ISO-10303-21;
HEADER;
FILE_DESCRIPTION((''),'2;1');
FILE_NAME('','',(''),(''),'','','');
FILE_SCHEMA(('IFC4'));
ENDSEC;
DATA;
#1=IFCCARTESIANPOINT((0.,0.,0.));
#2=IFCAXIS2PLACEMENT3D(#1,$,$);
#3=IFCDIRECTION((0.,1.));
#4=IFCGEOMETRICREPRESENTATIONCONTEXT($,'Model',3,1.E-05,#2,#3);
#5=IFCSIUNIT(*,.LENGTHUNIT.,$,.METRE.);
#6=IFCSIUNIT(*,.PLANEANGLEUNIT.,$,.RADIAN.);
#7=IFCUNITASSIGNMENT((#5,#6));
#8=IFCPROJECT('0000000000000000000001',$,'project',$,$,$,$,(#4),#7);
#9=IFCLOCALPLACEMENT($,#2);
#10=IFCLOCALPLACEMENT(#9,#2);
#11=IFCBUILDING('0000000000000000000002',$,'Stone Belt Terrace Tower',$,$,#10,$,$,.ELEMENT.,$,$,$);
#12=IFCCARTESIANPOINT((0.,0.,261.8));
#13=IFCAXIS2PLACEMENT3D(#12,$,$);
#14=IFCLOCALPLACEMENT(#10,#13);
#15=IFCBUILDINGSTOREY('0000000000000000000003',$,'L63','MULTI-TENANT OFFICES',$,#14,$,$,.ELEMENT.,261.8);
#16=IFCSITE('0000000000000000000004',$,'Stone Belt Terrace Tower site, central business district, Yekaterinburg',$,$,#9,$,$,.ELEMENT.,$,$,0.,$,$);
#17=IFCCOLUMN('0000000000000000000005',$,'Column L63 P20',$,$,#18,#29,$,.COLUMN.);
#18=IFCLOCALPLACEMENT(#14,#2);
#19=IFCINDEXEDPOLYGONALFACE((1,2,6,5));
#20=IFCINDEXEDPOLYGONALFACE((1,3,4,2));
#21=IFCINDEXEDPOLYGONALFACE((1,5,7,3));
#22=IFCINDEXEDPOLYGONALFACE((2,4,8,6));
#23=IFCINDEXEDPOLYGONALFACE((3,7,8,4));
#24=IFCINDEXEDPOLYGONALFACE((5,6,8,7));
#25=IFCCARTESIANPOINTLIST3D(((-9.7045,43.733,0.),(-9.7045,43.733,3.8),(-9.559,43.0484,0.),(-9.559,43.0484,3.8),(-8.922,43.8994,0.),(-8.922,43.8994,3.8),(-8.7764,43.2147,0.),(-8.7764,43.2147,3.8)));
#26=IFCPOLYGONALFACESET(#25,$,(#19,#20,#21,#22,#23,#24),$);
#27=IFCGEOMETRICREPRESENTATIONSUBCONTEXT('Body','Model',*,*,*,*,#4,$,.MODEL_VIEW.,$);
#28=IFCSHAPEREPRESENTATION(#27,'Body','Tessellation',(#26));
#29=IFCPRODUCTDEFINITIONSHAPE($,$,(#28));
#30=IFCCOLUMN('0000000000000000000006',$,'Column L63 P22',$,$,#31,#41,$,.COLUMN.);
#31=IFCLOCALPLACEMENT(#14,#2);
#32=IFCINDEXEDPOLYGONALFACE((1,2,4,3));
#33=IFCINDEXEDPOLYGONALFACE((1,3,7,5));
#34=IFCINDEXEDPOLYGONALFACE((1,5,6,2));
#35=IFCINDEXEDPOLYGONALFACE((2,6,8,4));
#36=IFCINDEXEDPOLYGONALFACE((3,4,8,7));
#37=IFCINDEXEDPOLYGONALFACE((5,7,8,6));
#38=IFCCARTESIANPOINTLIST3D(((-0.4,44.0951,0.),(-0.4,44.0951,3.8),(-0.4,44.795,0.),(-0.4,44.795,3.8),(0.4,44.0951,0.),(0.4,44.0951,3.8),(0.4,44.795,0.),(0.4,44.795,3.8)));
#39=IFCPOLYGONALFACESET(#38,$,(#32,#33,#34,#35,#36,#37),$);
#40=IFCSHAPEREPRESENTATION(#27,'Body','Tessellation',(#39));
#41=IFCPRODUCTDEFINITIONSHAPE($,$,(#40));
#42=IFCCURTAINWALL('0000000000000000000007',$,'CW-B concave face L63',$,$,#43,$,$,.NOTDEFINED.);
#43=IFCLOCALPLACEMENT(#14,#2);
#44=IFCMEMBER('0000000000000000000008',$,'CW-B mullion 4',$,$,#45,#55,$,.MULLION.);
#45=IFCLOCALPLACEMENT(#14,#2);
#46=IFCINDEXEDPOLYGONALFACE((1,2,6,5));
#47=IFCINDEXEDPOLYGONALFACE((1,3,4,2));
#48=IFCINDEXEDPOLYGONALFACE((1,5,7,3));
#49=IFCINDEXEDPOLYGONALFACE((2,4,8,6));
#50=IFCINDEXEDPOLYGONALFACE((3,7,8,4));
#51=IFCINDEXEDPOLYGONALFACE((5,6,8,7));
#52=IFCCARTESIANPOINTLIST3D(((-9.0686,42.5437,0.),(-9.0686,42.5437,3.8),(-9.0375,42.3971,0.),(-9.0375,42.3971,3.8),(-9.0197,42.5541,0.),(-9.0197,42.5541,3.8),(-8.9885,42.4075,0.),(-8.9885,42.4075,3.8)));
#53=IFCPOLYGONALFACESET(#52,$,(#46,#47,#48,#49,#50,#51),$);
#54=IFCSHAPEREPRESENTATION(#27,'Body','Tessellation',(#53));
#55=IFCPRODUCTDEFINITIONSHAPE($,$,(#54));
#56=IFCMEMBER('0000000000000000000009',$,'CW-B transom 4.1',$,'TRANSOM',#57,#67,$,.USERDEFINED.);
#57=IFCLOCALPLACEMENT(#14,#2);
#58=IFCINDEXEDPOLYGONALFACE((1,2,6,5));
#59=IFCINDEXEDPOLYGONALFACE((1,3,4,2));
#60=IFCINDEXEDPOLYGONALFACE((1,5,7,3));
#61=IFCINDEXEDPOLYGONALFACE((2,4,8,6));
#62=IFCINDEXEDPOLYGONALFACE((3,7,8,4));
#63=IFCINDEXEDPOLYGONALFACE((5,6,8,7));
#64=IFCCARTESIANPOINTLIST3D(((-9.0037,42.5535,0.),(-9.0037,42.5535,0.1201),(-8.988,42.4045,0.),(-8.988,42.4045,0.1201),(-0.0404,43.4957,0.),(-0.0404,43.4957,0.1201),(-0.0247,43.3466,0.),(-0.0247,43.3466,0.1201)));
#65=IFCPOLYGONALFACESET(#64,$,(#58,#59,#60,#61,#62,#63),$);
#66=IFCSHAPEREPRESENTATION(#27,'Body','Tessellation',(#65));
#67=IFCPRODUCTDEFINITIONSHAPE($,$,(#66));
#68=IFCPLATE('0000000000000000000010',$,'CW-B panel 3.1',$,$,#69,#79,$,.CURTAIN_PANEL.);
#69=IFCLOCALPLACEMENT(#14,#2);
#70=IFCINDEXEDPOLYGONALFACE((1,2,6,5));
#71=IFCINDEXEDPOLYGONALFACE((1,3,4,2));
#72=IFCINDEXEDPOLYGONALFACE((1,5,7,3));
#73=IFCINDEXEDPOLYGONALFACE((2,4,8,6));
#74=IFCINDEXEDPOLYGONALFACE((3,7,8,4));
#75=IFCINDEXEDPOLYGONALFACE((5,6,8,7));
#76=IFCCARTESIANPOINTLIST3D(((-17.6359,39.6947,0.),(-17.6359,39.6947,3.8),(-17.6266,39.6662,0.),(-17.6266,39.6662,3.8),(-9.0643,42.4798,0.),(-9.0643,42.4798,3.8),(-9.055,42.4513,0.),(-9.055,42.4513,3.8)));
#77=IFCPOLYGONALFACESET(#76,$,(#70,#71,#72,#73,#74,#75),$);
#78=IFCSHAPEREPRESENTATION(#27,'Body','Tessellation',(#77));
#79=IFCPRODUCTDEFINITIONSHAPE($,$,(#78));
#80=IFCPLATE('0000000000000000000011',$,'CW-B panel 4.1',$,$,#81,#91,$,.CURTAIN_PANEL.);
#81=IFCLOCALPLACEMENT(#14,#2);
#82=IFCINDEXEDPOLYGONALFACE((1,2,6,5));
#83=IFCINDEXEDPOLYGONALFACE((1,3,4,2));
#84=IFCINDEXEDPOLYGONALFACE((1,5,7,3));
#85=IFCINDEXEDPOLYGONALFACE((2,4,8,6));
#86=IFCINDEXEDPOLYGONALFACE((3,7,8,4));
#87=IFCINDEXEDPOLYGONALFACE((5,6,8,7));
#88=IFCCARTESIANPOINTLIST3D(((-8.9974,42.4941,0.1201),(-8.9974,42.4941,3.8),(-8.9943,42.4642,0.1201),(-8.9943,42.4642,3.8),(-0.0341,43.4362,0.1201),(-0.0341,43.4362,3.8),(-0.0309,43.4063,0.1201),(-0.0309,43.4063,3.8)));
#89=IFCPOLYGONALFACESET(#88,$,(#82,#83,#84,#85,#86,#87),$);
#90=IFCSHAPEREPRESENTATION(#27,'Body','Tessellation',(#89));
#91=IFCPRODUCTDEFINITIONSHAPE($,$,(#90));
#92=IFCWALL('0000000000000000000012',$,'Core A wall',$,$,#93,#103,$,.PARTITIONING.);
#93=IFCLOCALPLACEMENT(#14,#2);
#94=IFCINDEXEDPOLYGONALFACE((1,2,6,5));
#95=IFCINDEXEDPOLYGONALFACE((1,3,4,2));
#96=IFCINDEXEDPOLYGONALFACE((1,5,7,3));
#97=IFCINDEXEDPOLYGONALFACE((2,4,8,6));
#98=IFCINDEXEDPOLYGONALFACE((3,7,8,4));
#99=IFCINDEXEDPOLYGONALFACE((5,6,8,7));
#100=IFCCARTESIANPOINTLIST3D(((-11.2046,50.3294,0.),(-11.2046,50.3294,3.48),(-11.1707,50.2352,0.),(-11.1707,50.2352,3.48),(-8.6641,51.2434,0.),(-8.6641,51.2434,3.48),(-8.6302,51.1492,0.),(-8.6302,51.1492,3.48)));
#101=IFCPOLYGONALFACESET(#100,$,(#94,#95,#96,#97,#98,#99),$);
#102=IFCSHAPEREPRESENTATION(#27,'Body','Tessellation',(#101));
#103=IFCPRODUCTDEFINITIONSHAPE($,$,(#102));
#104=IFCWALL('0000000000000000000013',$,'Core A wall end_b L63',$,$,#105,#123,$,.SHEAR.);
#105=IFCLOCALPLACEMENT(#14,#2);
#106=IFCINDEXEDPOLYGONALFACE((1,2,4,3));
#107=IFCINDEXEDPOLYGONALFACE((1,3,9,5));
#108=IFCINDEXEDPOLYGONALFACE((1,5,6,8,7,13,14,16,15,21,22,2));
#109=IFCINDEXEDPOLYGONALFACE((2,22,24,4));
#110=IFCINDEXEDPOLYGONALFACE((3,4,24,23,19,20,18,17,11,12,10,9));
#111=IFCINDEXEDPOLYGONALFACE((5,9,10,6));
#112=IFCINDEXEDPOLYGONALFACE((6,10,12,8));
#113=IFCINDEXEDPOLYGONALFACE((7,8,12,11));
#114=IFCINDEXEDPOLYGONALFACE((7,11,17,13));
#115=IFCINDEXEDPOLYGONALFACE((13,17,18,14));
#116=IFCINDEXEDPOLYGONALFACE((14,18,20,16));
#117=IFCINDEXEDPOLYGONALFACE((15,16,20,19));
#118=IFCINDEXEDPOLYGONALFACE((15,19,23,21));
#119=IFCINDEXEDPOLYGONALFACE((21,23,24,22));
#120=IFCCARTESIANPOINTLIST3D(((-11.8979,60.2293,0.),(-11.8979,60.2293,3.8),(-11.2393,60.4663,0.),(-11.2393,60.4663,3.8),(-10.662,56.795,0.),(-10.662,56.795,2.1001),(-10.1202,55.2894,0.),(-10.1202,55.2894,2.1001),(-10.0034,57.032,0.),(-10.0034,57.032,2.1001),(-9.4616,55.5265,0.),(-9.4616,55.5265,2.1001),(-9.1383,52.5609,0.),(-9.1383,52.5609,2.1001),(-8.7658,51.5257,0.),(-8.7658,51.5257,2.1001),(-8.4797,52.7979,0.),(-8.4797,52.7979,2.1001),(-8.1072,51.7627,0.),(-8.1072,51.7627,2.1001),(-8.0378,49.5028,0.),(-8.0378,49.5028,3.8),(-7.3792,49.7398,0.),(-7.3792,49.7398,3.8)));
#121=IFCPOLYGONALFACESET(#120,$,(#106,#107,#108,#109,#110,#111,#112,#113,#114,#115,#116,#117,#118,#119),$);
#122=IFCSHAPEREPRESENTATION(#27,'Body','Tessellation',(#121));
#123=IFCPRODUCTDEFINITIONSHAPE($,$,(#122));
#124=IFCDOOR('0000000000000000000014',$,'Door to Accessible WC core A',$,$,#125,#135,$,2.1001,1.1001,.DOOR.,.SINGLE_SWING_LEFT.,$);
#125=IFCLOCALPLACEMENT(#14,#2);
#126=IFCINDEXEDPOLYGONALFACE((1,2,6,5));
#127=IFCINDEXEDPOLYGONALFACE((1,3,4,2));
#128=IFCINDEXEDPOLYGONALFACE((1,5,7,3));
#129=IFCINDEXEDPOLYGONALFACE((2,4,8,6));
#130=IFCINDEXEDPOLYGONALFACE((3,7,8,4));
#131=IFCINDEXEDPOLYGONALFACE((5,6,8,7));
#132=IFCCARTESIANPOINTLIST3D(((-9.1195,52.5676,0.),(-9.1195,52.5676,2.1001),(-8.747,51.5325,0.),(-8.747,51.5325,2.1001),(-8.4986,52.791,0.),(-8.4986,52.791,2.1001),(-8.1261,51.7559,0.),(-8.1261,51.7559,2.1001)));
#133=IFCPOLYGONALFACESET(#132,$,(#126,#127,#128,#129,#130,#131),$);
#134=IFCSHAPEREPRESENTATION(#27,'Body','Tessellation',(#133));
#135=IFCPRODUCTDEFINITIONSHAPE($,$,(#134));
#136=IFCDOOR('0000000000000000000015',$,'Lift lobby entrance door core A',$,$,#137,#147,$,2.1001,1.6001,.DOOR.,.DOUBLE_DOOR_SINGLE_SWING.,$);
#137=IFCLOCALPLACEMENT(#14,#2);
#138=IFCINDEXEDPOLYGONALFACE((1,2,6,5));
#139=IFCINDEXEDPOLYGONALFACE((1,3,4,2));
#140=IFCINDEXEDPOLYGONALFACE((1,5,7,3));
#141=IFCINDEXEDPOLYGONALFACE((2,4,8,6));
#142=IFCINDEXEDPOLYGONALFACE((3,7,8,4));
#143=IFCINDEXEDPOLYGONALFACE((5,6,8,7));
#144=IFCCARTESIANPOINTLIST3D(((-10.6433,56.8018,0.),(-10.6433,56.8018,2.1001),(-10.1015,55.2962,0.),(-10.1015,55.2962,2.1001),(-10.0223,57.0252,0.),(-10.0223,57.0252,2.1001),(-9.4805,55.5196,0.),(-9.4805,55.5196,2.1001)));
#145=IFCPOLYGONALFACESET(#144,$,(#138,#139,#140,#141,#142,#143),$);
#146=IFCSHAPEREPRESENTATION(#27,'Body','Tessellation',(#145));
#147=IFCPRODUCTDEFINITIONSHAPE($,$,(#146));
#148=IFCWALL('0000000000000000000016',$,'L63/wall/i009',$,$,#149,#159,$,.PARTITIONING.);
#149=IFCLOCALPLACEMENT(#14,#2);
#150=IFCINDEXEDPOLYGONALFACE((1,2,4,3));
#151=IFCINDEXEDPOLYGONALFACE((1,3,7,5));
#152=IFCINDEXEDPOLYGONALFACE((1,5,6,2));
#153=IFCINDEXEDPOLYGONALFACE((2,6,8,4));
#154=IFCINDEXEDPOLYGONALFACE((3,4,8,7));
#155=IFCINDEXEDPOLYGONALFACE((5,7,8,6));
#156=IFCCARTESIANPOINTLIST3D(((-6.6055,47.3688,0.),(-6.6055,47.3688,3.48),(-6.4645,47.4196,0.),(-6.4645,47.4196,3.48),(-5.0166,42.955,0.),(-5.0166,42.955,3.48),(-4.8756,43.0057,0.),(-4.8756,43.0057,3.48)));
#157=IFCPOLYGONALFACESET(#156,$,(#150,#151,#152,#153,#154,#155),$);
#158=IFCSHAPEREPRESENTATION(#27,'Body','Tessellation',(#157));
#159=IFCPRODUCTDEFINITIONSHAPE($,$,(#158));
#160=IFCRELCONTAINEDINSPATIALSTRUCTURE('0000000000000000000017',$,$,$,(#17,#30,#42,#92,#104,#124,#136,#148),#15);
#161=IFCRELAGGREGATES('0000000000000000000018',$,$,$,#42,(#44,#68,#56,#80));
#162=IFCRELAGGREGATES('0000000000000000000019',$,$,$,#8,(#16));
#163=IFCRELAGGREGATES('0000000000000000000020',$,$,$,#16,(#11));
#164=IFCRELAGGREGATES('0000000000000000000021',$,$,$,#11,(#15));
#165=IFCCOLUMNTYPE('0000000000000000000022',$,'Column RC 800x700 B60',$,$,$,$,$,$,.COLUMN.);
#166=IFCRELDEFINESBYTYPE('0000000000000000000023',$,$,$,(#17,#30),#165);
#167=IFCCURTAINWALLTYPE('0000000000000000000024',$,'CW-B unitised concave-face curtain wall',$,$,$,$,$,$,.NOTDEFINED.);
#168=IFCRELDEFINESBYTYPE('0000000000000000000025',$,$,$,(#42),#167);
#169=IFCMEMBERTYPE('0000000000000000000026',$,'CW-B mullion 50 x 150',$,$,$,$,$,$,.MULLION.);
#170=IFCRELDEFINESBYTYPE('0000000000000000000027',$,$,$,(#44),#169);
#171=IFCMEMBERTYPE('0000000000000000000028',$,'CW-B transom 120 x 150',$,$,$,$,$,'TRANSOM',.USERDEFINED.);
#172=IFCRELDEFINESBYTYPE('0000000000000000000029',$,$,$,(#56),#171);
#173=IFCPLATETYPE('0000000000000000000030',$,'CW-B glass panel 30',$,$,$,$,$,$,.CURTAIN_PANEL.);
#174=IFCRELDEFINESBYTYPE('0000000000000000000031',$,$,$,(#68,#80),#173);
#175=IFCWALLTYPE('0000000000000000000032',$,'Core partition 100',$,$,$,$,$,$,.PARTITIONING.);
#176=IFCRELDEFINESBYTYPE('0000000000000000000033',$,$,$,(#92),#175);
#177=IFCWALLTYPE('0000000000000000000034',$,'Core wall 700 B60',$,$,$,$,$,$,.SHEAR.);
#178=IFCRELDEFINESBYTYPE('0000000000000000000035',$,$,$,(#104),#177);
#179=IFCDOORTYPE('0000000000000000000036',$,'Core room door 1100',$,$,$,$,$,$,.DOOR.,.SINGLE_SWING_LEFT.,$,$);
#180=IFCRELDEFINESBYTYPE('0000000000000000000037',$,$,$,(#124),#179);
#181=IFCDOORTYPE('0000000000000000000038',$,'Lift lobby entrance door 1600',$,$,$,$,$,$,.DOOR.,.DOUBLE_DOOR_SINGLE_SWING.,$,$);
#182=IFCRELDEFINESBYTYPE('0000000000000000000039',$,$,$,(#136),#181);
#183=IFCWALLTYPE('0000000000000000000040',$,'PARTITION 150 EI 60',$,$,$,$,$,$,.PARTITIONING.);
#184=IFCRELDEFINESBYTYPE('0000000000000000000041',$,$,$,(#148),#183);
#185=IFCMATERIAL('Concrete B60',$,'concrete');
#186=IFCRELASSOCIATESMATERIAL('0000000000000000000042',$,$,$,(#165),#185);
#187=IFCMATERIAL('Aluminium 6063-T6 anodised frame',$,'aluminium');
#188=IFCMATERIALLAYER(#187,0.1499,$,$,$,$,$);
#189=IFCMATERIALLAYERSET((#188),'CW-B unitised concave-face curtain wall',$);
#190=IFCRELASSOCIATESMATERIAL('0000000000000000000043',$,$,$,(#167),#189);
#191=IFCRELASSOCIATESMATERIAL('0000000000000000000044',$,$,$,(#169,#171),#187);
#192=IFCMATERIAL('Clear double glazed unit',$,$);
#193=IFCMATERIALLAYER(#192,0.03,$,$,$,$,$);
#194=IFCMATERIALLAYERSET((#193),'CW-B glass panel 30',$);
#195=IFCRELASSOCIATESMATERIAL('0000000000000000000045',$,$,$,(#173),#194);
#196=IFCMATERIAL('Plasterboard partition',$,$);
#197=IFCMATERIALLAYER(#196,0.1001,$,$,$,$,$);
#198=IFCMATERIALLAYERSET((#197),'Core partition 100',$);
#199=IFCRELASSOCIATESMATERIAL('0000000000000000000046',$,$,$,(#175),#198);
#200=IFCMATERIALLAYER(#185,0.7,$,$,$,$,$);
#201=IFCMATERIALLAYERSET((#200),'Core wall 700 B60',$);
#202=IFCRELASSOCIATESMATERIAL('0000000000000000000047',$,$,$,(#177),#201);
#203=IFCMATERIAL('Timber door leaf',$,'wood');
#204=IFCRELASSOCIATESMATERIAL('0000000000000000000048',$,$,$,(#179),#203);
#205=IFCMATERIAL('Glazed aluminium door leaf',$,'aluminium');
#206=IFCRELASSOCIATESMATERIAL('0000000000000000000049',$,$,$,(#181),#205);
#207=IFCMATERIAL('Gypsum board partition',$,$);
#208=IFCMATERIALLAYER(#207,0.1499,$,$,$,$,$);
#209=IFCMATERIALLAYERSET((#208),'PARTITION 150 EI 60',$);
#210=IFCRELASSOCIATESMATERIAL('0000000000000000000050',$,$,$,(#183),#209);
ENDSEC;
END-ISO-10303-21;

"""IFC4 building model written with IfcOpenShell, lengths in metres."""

from ifc_helpers import new_model, si_unit, direction, frame, frame_2d, origin, origin_2d, place, context, subcontext, project, spatial, rectangle, extrude, material, layer, layer_set, material_profile, profile_set, type_object, element, fill, aggregate, save


model = new_model("IFC4")

# Units and contexts
model_context = context("Model", 3, precision=1e-05, world=origin(), true_north=direction((0.0, 1.0)))
body_context = subcontext(model_context, "Body", "Model", "MODEL_VIEW")
ifc_project = project(units=[si_unit("LENGTHUNIT", "METRE"), si_unit("PLANEANGLEUNIT", "RADIAN")], contexts=[model_context])

# Site, building, storey
site_placement = place(None, origin())
site = spatial("IfcSite", under=ifc_project, at=site_placement, Name="Stone Belt Terrace Tower site, central business district, Yekaterinburg", CompositionType="ELEMENT", RefElevation=0.0)
building_placement = place(site_placement, origin())
building = spatial("IfcBuilding", under=site, at=building_placement, Name="Stone Belt Terrace Tower", CompositionType="ELEMENT")
storey_placement = place(building_placement, frame((0.0, 0.0, 261.8)))
storey = spatial("IfcBuildingStorey", under=building, at=storey_placement, Name="L63", Description="MULTI-TENANT OFFICES", CompositionType="ELEMENT", Elevation=261.8)

# Columns
ifc_material_1 = material(Name="Concrete B60", Category="concrete")
ifc_material_profile_1 = material_profile(ifc_material_1, rectangle(XDim=0.8, YDim=0.7, at=origin_2d()), Name="RC 800x700")
ifc_profile_set_1 = profile_set([ifc_material_profile_1], Name="Concrete B60")
column_type = type_object("IfcColumnType", Name="Column RC 800x700 B60", PredefinedType="COLUMN", material=ifc_profile_set_1)
for number, where, z_axis, x_axis, name in (
    (1, (-9.2405, 43.4739, 0.0), (0.0, 0.0, 1.0), (0.978148, 0.207912, 0.0), "Column L63 P20"),
    (2, (0.0, 44.4451, 0.0), (0.0, 0.0, 1.0), (1.0, 0.0, 0.0), "Column L63 P22"),
):
    element("IfcColumn", number, at=place(storey_placement, frame(where, z_axis=z_axis, x_axis=x_axis)), inside=storey, type_object=column_type, Name=name, PredefinedType="COLUMN", context=body_context, shape_type="SweptSolid", body=[
        extrude(rectangle(XDim=0.8, YDim=0.7, at=origin_2d()), origin(), (0.0, 0.0, 1.0), 3.8),
    ])

# Curtain wall, members, plates
ifc_material_2 = material(Name="Aluminium 6063-T6 anodised frame", Category="aluminium")
ifc_layer_1 = layer(ifc_material_2, 0.1499)
ifc_layer_set_1 = layer_set([ifc_layer_1], Name="CW-B unitised concave-face curtain wall")
curtain_wall_type = type_object("IfcCurtainWallType", Name="CW-B unitised concave-face curtain wall", PredefinedType="NOTDEFINED", material=ifc_layer_set_1)
curtain_wall_placement = place(storey_placement, origin())
curtain_wall = element("IfcCurtainWall", 3, at=curtain_wall_placement, inside=storey, type_object=curtain_wall_type, Name="CW-B concave face L63", PredefinedType="NOTDEFINED")
ifc_material_profile_2 = material_profile(ifc_material_2, rectangle(XDim=0.1499, YDim=0.05, at=origin_2d()), Name="Aluminium 6063-T6 50x150")
ifc_profile_set_2 = profile_set([ifc_material_profile_2], Name="Aluminium 6063-T6 anodised frame")
member_type_1 = type_object("IfcMemberType", Name="CW-B mullion 50 x 150", PredefinedType="MULLION", material=ifc_profile_set_2)
member_1_placement = place(storey_placement, frame((-9.0286, 42.4756, 0.0), z_axis=(0.0, 0.0, 1.0), x_axis=(-0.207912, 0.978148, 0.0)))
member_1 = element("IfcMember", 4, at=member_1_placement, type_object=member_type_1, Name="CW-B mullion 4", PredefinedType="MULLION", context=body_context, shape_type="SweptSolid", body=[
    extrude(rectangle(XDim=0.1499, YDim=0.05, at=origin_2d()), origin(), (0.0, 0.0, 1.0), 3.8),
])
ifc_material_profile_3 = material_profile(ifc_material_2, rectangle(XDim=0.1499, YDim=0.1201, at=origin_2d()), Name="Aluminium 6063-T6 150x120")
ifc_profile_set_3 = profile_set([ifc_material_profile_3], Name="Aluminium 6063-T6 anodised frame")
member_type_2 = type_object("IfcMemberType", Name="CW-B transom 120 x 150", ElementType="TRANSOM", PredefinedType="USERDEFINED", material=ifc_profile_set_3)
member_2_placement = place(storey_placement, frame((-8.9958, 42.479, 0.0601), z_axis=(0.994521, 0.104534, 0.0), x_axis=(-0.104534, 0.994521, 0.0)))
member_2 = element("IfcMember", 5, at=member_2_placement, type_object=member_type_2, Name="CW-B transom 4.1", ObjectType="TRANSOM", PredefinedType="USERDEFINED", context=body_context, shape_type="SweptSolid", body=[
    extrude(rectangle(XDim=0.1499, YDim=0.1201, at=origin_2d()), origin(), (0.0, 0.0, 1.0), 9.0127),
])
ifc_material_3 = material(Name="Clear double glazed unit")
ifc_layer_2 = layer(ifc_material_3, 0.03)
ifc_layer_set_2 = layer_set([ifc_layer_2], Name="CW-B glass panel 30")
plate_type = type_object("IfcPlateType", Name="CW-B glass panel 30", PredefinedType="CURTAIN_PANEL", material=ifc_layer_set_2)
plate_1_placement = place(storey_placement, frame((-13.3455, 41.073, 0.0), z_axis=(0.0, 0.0, 1.0), x_axis=(0.951057, 0.309017, 0.0)))
plate_1 = element("IfcPlate", 6, at=plate_1_placement, type_object=plate_type, Name="CW-B panel 3.1", PredefinedType="CURTAIN_PANEL", context=body_context, shape_type="SweptSolid", body=[
    extrude(rectangle(XDim=9.0127, YDim=0.03, at=origin_2d()), origin(), (0.0, 0.0, 1.0), 3.8),
])
plate_2_placement = place(storey_placement, frame((-4.5142, 42.9502, 0.1201), z_axis=(0.0, 0.0, 1.0), x_axis=(0.994522, 0.104528, 0.0)))
plate_2 = element("IfcPlate", 7, at=plate_2_placement, type_object=plate_type, Name="CW-B panel 4.1", PredefinedType="CURTAIN_PANEL", context=body_context, shape_type="SweptSolid", body=[
    extrude(rectangle(XDim=9.0127, YDim=0.03, at=origin_2d()), origin(), (0.0, 0.0, 1.0), 3.6799),
])
aggregate(curtain_wall, [member_1, plate_1, member_2, plate_2])

# Wall
ifc_material_4 = material(Name="Plasterboard partition")
ifc_layer_3 = layer(ifc_material_4, 0.1001)
ifc_layer_set_3 = layer_set([ifc_layer_3], Name="Core partition 100")
wall_type_1 = type_object("IfcWallType", Name="Core partition 100", PredefinedType="PARTITIONING", material=ifc_layer_set_3)
wall_1_placement = place(storey_placement, frame((-11.1877, 50.2822, 0.0), z_axis=(0.0, 0.0, 1.0), x_axis=(0.94095, 0.338547, 0.0)))
element("IfcWall", 8, at=wall_1_placement, inside=storey, type_object=wall_type_1, Name="Core A wall", PredefinedType="PARTITIONING", context=body_context, shape_type="SweptSolid", body=[
    extrude(rectangle(XDim=2.7, YDim=0.1001, at=frame_2d((1.3501, 0.0))), origin(), (0.0, 0.0, 1.0), 3.48),
])

# Wall, openings, doors
ifc_layer_4 = layer(ifc_material_1, 0.7)
ifc_layer_set_4 = layer_set([ifc_layer_4], Name="Core wall 700 B60")
wall_type_2 = type_object("IfcWallType", Name="Core wall 700 B60", PredefinedType="SHEAR", material=ifc_layer_set_4)
wall_2_placement = place(storey_placement, frame((-7.7085, 49.6213, 0.0), z_axis=(0.0, 0.0, 1.0), x_axis=(-0.338606, 0.940928, 0.0)))
wall_2 = element("IfcWall", 9, at=wall_2_placement, inside=storey, type_object=wall_type_2, Name="Core A wall end_b L63", PredefinedType="SHEAR", context=body_context, shape_type="SweptSolid", body=[
    extrude(rectangle(XDim=11.3999, YDim=0.7, at=frame_2d((5.7, 0.0))), origin(), (0.0, 0.0, 1.0), 3.8),
])
opening_1_placement = place(wall_2_placement, frame((6.1499, 0.0, 0.0)))
opening_1 = element("IfcOpeningElement", 10, at=opening_1_placement, cuts=wall_2, PredefinedType="OPENING", context=body_context, shape_type="SweptSolid", body=[
    extrude(rectangle(XDim=1.6001, YDim=2.1001, at=frame_2d((0.8, 1.05))), frame((0.0, 0.3599, 0.0), z_axis=(0.0, -1.0, 0.0), x_axis=(1.0, 0.0, 0.0)), (0.0, 0.0, 1.0), 0.72),
])
opening_2_placement = place(wall_2_placement, frame((2.1499, 0.0, 0.0)))
opening_2 = element("IfcOpeningElement", 11, at=opening_2_placement, cuts=wall_2, PredefinedType="OPENING", context=body_context, shape_type="SweptSolid", body=[
    extrude(rectangle(XDim=1.1001, YDim=2.1001, at=frame_2d((0.55, 1.05))), frame((0.0, 0.3599, 0.0), z_axis=(0.0, -1.0, 0.0), x_axis=(1.0, 0.0, 0.0)), (0.0, 0.0, 1.0), 0.72),
])
ifc_material_5 = material(Name="Timber door leaf", Category="wood")
door_type_1 = type_object("IfcDoorType", Name="Core room door 1100", OperationType="SINGLE_SWING_LEFT", PredefinedType="DOOR", material=ifc_material_5)
door_1_placement = place(opening_2_placement, origin())
door_1 = element("IfcDoor", 12, at=door_1_placement, inside=storey, type_object=door_type_1, Name="Door to Accessible WC core A", OperationType="SINGLE_SWING_LEFT", OverallHeight=2.1001, OverallWidth=1.1001, PredefinedType="DOOR", context=body_context, shape_type="SweptSolid", body=[
    extrude(rectangle(XDim=1.1001, YDim=2.1001, at=frame_2d((0.55, 1.05))), frame((0.0, 0.3301, 0.0), z_axis=(0.0, -1.0, 0.0), x_axis=(1.0, 0.0, 0.0)), (0.0, 0.0, 1.0), 0.6599),
])
fill(opening_2, door_1)
ifc_material_6 = material(Name="Glazed aluminium door leaf", Category="aluminium")
door_type_2 = type_object("IfcDoorType", Name="Lift lobby entrance door 1600", OperationType="DOUBLE_DOOR_SINGLE_SWING", PredefinedType="DOOR", material=ifc_material_6)
door_2_placement = place(opening_1_placement, origin())
door_2 = element("IfcDoor", 13, at=door_2_placement, inside=storey, type_object=door_type_2, Name="Lift lobby entrance door core A", OperationType="DOUBLE_DOOR_SINGLE_SWING", OverallHeight=2.1001, OverallWidth=1.6001, PredefinedType="DOOR", context=body_context, shape_type="SweptSolid", body=[
    extrude(rectangle(XDim=1.6001, YDim=2.1001, at=frame_2d((0.8, 1.05))), frame((0.0, 0.3301, 0.0), z_axis=(0.0, -1.0, 0.0), x_axis=(1.0, 0.0, 0.0)), (0.0, 0.0, 1.0), 0.6599),
])
fill(opening_1, door_2)

# Wall
ifc_material_7 = material(Name="Gypsum board partition")
ifc_layer_5 = layer(ifc_material_7, 0.1499)
ifc_layer_set_5 = layer_set([ifc_layer_5], Name="PARTITION 150 EI 60")
wall_type_3 = type_object("IfcWallType", Name="PARTITION 150 EI 60", PredefinedType="PARTITIONING", material=ifc_layer_set_5)
wall_3_placement = place(storey_placement, frame((-4.946, 42.9802, 0.0), z_axis=(0.0, 0.0, 1.0), x_axis=(-0.338699, 0.940895, 0.0)))
element("IfcWall", 14, at=wall_3_placement, inside=storey, type_object=wall_type_3, Name="L63/wall/i009", PredefinedType="PARTITIONING", context=body_context, shape_type="SweptSolid", body=[
    extrude(rectangle(XDim=4.6912, YDim=0.1499, at=frame_2d((2.3457, 0.0))), origin(), (0.0, 0.0, 1.0), 3.48),
])

save(model, "model.ifc")
